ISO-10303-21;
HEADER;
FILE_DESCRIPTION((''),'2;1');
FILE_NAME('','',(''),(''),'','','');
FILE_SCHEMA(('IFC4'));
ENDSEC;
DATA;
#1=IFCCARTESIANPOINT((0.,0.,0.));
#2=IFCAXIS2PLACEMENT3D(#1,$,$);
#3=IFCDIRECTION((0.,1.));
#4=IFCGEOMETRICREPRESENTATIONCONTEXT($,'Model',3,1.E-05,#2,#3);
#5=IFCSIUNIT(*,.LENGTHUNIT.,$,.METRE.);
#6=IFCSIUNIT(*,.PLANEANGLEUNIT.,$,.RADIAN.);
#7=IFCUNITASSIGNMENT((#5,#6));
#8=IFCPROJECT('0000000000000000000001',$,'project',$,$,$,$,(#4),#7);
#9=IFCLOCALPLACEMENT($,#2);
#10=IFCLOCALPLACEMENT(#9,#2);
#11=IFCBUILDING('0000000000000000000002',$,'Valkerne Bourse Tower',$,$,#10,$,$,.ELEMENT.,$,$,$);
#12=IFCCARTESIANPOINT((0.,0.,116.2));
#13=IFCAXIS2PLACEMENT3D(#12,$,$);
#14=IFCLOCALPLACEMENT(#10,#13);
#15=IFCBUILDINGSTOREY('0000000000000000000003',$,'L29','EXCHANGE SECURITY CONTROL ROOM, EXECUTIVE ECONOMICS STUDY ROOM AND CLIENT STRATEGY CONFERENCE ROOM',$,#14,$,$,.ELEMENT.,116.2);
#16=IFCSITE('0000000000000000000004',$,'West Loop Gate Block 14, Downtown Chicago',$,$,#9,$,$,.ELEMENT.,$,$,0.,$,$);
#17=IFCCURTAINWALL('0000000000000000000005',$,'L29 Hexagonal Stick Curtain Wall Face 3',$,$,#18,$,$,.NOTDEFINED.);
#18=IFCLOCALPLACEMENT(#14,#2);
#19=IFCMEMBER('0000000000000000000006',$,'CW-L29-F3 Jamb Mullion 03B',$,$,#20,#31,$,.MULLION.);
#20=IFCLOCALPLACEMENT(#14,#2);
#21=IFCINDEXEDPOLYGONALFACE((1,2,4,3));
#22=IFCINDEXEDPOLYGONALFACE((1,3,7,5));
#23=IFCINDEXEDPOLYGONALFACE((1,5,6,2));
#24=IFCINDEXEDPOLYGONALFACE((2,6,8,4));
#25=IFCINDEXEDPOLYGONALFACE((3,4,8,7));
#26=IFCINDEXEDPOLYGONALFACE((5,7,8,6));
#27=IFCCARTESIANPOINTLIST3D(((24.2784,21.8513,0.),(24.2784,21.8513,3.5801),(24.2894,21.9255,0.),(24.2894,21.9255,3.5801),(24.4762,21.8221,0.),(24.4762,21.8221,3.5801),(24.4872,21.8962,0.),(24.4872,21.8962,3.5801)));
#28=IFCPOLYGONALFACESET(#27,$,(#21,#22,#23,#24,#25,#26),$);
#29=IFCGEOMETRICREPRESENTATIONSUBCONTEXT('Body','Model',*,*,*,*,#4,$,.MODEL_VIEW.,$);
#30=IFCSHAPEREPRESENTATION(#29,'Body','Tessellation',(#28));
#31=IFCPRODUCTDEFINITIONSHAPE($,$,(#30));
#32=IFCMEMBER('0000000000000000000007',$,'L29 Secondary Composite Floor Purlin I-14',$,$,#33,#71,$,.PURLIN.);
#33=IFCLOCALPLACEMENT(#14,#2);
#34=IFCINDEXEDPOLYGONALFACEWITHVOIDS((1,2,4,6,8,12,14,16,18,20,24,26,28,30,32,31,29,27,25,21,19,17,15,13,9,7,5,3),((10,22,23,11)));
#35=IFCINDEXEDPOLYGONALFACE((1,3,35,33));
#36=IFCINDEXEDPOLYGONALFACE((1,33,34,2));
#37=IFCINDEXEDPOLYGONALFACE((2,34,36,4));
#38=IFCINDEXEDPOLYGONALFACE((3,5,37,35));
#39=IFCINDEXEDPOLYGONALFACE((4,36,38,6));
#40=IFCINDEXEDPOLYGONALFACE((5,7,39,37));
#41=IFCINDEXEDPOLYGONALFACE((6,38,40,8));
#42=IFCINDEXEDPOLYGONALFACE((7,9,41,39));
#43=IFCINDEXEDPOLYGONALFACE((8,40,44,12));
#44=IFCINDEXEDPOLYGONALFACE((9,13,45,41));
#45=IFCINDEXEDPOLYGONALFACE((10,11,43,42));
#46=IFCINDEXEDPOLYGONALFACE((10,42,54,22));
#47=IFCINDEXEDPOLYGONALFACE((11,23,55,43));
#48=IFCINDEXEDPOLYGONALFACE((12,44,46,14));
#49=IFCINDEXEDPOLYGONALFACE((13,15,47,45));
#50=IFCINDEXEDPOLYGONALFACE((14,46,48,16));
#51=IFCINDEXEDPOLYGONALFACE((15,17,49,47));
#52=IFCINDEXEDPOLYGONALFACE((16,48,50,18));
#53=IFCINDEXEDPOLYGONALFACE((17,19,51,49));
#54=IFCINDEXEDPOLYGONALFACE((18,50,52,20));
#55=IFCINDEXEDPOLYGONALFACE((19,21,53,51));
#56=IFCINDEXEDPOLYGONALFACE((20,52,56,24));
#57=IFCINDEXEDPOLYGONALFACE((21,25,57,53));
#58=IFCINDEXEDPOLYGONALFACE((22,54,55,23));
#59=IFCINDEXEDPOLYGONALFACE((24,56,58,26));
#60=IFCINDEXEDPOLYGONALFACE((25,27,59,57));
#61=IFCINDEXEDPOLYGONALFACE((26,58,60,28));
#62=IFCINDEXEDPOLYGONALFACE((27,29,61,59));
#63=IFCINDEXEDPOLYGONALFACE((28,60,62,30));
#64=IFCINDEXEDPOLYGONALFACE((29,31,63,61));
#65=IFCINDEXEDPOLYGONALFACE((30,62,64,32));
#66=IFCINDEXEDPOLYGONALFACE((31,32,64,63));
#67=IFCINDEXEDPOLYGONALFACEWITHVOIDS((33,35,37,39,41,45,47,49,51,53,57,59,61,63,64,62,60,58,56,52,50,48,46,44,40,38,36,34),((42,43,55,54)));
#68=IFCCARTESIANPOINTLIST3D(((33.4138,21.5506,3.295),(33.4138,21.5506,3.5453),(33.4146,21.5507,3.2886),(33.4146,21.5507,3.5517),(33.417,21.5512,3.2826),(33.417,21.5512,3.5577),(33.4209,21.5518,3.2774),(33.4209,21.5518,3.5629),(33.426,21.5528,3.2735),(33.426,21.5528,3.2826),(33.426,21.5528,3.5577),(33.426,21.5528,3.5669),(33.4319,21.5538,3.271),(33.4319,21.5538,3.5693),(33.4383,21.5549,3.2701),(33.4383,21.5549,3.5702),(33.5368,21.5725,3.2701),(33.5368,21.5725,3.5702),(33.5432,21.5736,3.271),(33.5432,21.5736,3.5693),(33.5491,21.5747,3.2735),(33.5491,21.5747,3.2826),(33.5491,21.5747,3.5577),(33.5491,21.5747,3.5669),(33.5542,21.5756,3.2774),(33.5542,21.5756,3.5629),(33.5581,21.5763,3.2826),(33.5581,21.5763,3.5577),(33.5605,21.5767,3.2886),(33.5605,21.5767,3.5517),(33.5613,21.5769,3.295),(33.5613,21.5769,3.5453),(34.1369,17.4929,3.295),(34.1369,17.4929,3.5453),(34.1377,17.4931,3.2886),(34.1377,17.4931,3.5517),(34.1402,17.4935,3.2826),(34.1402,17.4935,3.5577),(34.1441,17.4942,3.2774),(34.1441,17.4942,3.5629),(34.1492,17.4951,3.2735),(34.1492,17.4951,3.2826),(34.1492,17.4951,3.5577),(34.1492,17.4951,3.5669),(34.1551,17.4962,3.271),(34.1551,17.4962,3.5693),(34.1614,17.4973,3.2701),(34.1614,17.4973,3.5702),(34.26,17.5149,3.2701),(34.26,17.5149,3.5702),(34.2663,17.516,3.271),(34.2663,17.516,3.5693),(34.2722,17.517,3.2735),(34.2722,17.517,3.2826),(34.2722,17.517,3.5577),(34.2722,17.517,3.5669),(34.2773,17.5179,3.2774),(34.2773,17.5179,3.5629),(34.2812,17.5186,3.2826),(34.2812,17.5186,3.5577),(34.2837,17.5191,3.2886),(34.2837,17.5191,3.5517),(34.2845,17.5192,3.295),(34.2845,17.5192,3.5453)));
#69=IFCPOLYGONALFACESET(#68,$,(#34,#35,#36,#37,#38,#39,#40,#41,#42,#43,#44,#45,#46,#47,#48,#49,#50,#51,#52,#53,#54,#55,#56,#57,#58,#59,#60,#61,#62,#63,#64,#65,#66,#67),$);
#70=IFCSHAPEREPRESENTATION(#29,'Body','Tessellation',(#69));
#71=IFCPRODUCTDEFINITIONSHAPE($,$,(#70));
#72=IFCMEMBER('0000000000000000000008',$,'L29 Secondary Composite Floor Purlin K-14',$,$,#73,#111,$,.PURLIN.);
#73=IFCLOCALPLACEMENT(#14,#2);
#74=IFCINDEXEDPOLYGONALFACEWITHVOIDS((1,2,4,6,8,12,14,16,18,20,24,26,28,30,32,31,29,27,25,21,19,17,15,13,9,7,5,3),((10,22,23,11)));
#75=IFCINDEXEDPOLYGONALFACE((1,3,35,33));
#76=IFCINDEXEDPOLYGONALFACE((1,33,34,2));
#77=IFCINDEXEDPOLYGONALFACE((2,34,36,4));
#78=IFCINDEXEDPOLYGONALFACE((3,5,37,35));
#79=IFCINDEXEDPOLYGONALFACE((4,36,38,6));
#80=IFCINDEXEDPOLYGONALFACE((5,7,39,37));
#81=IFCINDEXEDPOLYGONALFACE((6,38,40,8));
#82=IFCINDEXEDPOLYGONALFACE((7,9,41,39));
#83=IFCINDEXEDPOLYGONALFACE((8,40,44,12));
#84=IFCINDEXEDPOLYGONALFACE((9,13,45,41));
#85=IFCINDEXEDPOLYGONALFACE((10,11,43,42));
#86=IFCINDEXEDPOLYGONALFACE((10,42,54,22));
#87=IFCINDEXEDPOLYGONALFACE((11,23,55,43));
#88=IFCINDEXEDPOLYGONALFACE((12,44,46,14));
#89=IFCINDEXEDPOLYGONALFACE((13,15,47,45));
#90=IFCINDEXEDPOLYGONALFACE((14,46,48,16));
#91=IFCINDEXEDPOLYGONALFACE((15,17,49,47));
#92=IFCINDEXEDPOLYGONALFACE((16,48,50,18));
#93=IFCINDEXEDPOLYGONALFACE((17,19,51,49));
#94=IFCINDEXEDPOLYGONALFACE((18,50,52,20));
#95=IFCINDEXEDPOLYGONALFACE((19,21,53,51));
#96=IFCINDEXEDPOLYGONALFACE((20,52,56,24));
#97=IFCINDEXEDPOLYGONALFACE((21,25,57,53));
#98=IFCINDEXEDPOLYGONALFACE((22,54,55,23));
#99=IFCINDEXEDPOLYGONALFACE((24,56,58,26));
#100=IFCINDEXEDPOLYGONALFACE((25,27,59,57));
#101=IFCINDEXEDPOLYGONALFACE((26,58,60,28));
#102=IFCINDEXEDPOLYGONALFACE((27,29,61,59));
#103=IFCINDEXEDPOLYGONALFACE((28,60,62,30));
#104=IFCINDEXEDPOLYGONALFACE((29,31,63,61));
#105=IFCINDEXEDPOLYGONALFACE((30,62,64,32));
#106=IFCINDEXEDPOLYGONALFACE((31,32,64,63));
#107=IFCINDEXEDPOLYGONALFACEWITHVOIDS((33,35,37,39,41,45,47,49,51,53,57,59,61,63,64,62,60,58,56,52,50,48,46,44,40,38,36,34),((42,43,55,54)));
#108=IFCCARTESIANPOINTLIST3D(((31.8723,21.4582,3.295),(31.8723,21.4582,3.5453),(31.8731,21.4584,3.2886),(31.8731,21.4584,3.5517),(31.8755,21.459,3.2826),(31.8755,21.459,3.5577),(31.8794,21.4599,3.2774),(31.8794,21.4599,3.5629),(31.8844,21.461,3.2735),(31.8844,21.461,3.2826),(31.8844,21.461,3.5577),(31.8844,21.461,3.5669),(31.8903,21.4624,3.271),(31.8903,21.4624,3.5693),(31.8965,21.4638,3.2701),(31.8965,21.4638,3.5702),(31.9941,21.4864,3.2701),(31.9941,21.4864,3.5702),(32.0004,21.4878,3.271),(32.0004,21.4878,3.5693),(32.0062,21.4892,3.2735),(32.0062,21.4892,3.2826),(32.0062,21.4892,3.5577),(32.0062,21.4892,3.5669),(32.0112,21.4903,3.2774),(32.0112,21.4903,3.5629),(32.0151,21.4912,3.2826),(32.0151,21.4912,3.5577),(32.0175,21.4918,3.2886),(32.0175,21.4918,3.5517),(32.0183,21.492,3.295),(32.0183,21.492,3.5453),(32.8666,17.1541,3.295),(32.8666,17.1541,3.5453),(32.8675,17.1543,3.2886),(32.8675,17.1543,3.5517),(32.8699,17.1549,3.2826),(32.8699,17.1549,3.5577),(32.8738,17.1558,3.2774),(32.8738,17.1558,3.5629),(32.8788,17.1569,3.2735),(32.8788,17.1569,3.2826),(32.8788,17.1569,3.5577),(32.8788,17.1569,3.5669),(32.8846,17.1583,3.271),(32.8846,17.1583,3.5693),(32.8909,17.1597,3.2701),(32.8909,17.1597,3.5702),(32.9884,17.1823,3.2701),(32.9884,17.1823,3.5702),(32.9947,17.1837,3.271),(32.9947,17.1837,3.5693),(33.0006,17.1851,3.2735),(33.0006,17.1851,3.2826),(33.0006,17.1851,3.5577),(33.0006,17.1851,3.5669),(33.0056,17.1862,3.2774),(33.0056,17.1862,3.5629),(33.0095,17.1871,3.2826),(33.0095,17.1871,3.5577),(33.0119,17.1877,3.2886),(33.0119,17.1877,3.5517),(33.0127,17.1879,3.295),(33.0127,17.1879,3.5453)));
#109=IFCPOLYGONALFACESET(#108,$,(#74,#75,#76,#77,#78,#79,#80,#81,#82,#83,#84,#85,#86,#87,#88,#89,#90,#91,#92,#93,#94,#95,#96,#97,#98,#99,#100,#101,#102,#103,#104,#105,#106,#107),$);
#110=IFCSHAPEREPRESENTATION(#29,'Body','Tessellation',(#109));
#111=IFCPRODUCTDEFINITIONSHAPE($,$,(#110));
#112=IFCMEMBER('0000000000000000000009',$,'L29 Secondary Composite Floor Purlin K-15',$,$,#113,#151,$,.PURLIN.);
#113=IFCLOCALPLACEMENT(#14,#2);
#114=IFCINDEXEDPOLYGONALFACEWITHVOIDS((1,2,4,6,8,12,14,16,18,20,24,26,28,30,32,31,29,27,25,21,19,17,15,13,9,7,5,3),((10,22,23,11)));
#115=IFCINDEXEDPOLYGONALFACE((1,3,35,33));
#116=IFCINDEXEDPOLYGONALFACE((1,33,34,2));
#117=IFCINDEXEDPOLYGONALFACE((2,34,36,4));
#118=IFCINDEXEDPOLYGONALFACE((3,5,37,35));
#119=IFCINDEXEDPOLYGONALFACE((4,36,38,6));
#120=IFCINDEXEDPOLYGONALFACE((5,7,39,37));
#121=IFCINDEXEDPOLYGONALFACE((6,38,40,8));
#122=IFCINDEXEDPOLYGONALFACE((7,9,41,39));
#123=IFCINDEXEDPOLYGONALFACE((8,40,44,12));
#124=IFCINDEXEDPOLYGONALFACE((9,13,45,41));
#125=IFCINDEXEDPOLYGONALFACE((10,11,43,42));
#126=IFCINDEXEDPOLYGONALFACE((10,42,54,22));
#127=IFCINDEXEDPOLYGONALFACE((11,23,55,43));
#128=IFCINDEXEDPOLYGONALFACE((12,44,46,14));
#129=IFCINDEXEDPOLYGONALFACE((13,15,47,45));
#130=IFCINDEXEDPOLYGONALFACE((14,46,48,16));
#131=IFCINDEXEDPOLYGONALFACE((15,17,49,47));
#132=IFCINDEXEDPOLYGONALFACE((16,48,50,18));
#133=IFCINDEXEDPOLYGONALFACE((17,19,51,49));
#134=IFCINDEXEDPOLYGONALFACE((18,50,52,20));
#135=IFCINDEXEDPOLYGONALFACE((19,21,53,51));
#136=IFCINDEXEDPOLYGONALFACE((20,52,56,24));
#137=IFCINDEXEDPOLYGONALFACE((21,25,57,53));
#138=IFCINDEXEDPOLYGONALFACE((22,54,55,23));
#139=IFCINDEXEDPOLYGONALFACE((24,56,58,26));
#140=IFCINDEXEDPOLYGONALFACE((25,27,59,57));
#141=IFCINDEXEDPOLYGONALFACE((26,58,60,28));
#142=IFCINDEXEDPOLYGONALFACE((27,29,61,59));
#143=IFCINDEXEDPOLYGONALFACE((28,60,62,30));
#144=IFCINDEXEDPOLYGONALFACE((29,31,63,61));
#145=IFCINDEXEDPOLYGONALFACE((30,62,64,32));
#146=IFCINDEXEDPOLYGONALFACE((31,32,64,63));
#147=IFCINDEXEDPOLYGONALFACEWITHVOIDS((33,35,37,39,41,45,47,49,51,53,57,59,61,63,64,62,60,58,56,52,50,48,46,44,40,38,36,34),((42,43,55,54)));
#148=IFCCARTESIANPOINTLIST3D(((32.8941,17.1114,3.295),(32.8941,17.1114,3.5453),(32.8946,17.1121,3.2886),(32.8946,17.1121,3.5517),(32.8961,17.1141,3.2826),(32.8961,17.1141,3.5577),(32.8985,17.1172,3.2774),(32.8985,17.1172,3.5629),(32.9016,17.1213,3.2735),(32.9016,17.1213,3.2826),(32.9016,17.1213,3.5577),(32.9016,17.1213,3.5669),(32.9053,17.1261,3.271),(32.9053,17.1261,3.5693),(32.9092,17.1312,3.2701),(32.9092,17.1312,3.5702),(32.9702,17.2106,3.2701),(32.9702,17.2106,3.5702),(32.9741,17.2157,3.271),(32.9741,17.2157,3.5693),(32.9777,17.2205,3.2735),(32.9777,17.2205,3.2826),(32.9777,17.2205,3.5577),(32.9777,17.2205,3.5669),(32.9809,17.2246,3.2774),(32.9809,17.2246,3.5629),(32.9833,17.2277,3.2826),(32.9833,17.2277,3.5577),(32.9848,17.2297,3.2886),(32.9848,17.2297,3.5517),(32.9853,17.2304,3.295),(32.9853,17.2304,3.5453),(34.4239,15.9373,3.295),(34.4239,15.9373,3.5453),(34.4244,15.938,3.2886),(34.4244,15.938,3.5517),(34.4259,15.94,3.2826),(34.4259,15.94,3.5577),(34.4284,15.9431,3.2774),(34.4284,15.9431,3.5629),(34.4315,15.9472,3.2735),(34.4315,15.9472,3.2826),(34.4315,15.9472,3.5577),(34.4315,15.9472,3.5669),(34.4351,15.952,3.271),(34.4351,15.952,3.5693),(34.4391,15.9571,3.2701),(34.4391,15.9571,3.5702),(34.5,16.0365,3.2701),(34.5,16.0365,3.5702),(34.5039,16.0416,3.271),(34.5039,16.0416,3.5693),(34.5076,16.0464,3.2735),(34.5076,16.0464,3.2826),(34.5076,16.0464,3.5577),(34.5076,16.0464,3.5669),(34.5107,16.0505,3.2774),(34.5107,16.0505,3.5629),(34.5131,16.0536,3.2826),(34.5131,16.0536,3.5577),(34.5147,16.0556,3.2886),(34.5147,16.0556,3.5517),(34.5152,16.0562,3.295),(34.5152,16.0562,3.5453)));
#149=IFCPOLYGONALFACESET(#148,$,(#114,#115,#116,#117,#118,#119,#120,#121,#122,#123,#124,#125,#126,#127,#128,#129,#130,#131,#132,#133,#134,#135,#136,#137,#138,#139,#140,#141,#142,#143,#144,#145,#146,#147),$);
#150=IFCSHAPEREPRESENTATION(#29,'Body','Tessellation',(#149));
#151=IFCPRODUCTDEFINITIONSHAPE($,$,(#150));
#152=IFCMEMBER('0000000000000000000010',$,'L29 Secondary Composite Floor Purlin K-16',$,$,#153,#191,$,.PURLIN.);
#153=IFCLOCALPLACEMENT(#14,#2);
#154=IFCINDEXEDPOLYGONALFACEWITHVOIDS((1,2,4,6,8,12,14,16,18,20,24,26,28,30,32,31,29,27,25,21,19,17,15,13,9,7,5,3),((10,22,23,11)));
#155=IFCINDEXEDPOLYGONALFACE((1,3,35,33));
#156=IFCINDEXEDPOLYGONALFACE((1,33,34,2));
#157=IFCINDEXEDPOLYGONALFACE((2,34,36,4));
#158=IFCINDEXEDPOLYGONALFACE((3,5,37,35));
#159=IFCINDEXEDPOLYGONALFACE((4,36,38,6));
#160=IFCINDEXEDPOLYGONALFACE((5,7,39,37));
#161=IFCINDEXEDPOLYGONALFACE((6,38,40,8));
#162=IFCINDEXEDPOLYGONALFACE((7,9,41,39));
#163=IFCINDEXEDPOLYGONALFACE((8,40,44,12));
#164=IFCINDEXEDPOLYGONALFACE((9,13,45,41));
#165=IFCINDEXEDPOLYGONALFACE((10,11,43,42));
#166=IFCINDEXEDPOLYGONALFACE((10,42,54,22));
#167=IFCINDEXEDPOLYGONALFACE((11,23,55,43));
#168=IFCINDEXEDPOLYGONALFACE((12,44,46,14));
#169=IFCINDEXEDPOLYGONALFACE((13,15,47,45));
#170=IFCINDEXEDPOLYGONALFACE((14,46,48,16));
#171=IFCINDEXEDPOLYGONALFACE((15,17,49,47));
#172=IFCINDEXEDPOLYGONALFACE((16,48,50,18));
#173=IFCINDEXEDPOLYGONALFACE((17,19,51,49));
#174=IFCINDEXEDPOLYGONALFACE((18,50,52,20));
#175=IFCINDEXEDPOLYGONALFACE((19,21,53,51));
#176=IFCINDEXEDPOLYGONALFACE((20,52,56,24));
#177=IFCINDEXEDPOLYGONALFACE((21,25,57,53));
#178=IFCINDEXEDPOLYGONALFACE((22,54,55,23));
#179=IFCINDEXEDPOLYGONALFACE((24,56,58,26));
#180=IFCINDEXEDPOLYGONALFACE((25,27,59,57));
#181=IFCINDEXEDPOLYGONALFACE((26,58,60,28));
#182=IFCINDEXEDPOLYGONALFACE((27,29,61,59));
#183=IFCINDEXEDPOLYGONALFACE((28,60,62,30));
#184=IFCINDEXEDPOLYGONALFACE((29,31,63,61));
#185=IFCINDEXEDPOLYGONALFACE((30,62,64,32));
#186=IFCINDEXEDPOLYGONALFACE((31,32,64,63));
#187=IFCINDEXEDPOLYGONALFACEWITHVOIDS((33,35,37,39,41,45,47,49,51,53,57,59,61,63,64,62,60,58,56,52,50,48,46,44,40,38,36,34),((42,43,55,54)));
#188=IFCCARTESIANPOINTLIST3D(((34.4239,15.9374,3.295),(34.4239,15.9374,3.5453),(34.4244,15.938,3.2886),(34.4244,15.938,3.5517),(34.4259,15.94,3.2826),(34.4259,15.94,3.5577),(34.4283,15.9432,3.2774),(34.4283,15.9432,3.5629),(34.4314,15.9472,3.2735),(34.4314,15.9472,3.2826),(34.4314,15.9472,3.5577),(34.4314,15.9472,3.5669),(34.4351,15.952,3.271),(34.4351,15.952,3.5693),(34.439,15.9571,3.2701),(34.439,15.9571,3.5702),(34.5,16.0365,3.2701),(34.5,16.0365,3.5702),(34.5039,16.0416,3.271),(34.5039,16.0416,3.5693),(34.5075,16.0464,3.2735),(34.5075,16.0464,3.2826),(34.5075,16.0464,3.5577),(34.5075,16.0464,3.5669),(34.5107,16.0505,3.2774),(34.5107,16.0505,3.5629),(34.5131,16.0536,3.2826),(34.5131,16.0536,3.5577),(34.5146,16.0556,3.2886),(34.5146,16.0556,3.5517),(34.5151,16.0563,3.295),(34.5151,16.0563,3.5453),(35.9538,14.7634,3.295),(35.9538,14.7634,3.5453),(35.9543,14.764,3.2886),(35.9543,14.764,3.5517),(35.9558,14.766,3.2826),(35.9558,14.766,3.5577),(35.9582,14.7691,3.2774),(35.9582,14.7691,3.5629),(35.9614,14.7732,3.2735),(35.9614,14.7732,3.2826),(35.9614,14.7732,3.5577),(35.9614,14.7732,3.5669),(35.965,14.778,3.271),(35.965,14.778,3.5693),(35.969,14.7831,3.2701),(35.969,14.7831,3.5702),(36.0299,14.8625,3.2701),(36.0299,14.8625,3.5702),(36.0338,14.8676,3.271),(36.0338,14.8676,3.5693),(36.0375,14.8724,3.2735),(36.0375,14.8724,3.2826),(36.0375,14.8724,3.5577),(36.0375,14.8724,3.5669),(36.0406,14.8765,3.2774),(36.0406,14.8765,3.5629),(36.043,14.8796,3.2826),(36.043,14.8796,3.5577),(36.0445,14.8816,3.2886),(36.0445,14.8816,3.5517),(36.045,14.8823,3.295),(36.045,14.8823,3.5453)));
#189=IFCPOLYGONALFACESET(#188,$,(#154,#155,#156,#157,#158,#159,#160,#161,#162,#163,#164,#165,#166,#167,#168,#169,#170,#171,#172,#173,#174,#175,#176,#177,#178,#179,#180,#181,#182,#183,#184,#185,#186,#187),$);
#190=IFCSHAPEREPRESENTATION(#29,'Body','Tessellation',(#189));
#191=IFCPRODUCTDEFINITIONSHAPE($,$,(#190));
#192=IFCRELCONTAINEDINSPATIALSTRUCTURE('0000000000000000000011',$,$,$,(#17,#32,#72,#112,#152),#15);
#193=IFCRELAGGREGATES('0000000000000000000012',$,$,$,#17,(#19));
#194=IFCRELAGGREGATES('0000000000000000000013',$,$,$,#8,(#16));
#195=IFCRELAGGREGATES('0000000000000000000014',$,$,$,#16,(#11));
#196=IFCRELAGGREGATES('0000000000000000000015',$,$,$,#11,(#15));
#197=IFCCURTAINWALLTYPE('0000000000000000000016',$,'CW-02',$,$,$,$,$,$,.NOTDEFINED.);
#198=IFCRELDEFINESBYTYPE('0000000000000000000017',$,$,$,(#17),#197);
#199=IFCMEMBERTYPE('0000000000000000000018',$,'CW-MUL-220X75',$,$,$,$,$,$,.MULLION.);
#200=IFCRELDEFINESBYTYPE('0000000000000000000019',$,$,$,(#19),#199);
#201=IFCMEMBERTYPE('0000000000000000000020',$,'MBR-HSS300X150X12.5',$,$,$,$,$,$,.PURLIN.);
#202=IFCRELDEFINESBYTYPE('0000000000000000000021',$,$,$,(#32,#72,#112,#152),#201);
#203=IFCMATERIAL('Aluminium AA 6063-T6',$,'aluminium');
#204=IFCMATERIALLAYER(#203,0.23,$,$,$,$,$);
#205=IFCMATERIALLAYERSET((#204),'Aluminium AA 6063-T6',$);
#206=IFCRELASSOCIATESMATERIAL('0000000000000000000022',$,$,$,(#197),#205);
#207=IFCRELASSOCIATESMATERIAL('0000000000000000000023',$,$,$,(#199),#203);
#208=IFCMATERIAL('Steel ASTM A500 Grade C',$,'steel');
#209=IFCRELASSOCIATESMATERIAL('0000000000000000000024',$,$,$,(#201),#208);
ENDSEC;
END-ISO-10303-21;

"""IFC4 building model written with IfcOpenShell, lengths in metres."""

from ifc_helpers import new_model, si_unit, direction, frame, origin, origin_2d, place, context, subcontext, project, spatial, rectangle, hollow_rectangle, extrude, material, layer, layer_set, material_profile, profile_set, type_object, element, aggregate, save


model = new_model("IFC4")

# Units and contexts
model_context = context("Model", 3, precision=1e-05, world=origin(), true_north=direction((0.0, 1.0)))
body_context = subcontext(model_context, "Body", "Model", "MODEL_VIEW")
ifc_project = project(units=[si_unit("LENGTHUNIT", "METRE"), si_unit("PLANEANGLEUNIT", "RADIAN")], contexts=[model_context])

# Site, building, storey
site_placement = place(None, origin())
site = spatial("IfcSite", under=ifc_project, at=site_placement, Name="West Loop Gate Block 14, Downtown Chicago", CompositionType="ELEMENT", RefElevation=0.0)
building_placement = place(site_placement, origin())
building = spatial("IfcBuilding", under=site, at=building_placement, Name="Valkerne Bourse Tower", CompositionType="ELEMENT")
storey_placement = place(building_placement, frame((0.0, 0.0, 116.2)))
storey = spatial("IfcBuildingStorey", under=building, at=storey_placement, Name="L29", Description="EXCHANGE SECURITY CONTROL ROOM, EXECUTIVE ECONOMICS STUDY ROOM AND CLIENT STRATEGY CONFERENCE ROOM", CompositionType="ELEMENT", Elevation=116.2)

# Curtain wall, member
ifc_material_1 = material(Name="Aluminium AA 6063-T6", Category="aluminium")
ifc_layer_1 = layer(ifc_material_1, 0.23)
ifc_layer_set_1 = layer_set([ifc_layer_1], Name="Aluminium AA 6063-T6")
curtain_wall_type = type_object("IfcCurtainWallType", Name="CW-02", PredefinedType="NOTDEFINED", material=ifc_layer_set_1)
curtain_wall_placement = place(storey_placement, origin())
curtain_wall = element("IfcCurtainWall", 1, at=curtain_wall_placement, inside=storey, type_object=curtain_wall_type, Name="L29 Hexagonal Stick Curtain Wall Face 3", PredefinedType="NOTDEFINED")
ifc_material_profile_1 = material_profile(ifc_material_1, rectangle(XDim=0.075, YDim=0.2, at=origin_2d()), Name="CWM-75X200")
ifc_profile_set_1 = profile_set([ifc_material_profile_1], Name="Aluminium AA 6063-T6")
member_type_1 = type_object("IfcMemberType", Name="CW-MUL-220X75", PredefinedType="MULLION", material=ifc_profile_set_1)
member_1_placement = place(storey_placement, frame((24.3828, 21.8738, 0.0), z_axis=(0.0, 0.0, 1.0), x_axis=(-0.146086, -0.989272, 0.0)))
member_1 = element("IfcMember", 2, at=member_1_placement, type_object=member_type_1, Name="CW-L29-F3 Jamb Mullion 03B", PredefinedType="MULLION", context=body_context, shape_type="SweptSolid", body=[
    extrude(rectangle(XDim=0.075, YDim=0.2, at=origin_2d()), origin(), (0.0, 0.0, 1.0), 3.5801),
])
aggregate(curtain_wall, [member_1])

# Members
ifc_material_2 = material(Name="Steel ASTM A500 Grade C", Category="steel")
ifc_material_profile_2 = material_profile(ifc_material_2, hollow_rectangle(XDim=0.1499, YDim=0.3, WallThickness=0.0125, OuterFilletRadius=0.0249, at=origin_2d()), Name="HSS300X150X12.5")
ifc_profile_set_2 = profile_set([ifc_material_profile_2], Name="Steel ASTM A500 Grade C")
member_type_2 = type_object("IfcMemberType", Name="MBR-HSS300X150X12.5", PredefinedType="PURLIN", material=ifc_profile_set_2)
member_2_placement = place(storey_placement, frame((33.4875, 21.5637, 3.4202), z_axis=(0.175454, -0.984488, 0.0), x_axis=(0.984488, 0.175454, 0.0)))
element("IfcMember", 3, at=member_2_placement, inside=storey, type_object=member_type_2, Name="L29 Secondary Composite Floor Purlin I-14", PredefinedType="PURLIN", context=body_context, shape_type="SweptSolid", body=[
    extrude(hollow_rectangle(XDim=0.1499, YDim=0.3, WallThickness=0.0125, OuterFilletRadius=0.0249, at=origin_2d()), origin(), (0.0, 0.0, 1.0), 4.1216),
])
member_3_placement = place(storey_placement, frame((31.9453, 21.4751, 3.4202), z_axis=(0.225098, -0.974336, 0.0), x_axis=(0.974336, 0.225098, 0.0)))
element("IfcMember", 4, at=member_3_placement, inside=storey, type_object=member_type_2, Name="L29 Secondary Composite Floor Purlin K-14", PredefinedType="PURLIN", context=body_context, shape_type="SweptSolid", body=[
    extrude(hollow_rectangle(XDim=0.1499, YDim=0.3, WallThickness=0.0125, OuterFilletRadius=0.0249, at=origin_2d()), origin(), (0.0, 0.0, 1.0), 4.4175),
])
for number, where, z_axis, x_axis, name in (
    (5, (32.9397, 17.1709, 3.4202), (0.793297, -0.608835, 0.0), (0.608835, 0.793297, 0.0), "L29 Secondary Composite Floor Purlin K-15"),
    (6, (34.4695, 15.9968, 3.4202), (0.793343, -0.608774, 0.0), (0.608774, 0.793343, 0.0), "L29 Secondary Composite Floor Purlin K-16"),
):
    element("IfcMember", number, at=place(storey_placement, frame(where, z_axis=z_axis, x_axis=x_axis)), inside=storey, type_object=member_type_2, Name=name, PredefinedType="PURLIN", context=body_context, shape_type="SweptSolid", body=[
        extrude(hollow_rectangle(XDim=0.1499, YDim=0.3, WallThickness=0.0125, OuterFilletRadius=0.0249, at=origin_2d()), origin(), (0.0, 0.0, 1.0), 1.9285),
    ])

save(model, "model.ifc")
